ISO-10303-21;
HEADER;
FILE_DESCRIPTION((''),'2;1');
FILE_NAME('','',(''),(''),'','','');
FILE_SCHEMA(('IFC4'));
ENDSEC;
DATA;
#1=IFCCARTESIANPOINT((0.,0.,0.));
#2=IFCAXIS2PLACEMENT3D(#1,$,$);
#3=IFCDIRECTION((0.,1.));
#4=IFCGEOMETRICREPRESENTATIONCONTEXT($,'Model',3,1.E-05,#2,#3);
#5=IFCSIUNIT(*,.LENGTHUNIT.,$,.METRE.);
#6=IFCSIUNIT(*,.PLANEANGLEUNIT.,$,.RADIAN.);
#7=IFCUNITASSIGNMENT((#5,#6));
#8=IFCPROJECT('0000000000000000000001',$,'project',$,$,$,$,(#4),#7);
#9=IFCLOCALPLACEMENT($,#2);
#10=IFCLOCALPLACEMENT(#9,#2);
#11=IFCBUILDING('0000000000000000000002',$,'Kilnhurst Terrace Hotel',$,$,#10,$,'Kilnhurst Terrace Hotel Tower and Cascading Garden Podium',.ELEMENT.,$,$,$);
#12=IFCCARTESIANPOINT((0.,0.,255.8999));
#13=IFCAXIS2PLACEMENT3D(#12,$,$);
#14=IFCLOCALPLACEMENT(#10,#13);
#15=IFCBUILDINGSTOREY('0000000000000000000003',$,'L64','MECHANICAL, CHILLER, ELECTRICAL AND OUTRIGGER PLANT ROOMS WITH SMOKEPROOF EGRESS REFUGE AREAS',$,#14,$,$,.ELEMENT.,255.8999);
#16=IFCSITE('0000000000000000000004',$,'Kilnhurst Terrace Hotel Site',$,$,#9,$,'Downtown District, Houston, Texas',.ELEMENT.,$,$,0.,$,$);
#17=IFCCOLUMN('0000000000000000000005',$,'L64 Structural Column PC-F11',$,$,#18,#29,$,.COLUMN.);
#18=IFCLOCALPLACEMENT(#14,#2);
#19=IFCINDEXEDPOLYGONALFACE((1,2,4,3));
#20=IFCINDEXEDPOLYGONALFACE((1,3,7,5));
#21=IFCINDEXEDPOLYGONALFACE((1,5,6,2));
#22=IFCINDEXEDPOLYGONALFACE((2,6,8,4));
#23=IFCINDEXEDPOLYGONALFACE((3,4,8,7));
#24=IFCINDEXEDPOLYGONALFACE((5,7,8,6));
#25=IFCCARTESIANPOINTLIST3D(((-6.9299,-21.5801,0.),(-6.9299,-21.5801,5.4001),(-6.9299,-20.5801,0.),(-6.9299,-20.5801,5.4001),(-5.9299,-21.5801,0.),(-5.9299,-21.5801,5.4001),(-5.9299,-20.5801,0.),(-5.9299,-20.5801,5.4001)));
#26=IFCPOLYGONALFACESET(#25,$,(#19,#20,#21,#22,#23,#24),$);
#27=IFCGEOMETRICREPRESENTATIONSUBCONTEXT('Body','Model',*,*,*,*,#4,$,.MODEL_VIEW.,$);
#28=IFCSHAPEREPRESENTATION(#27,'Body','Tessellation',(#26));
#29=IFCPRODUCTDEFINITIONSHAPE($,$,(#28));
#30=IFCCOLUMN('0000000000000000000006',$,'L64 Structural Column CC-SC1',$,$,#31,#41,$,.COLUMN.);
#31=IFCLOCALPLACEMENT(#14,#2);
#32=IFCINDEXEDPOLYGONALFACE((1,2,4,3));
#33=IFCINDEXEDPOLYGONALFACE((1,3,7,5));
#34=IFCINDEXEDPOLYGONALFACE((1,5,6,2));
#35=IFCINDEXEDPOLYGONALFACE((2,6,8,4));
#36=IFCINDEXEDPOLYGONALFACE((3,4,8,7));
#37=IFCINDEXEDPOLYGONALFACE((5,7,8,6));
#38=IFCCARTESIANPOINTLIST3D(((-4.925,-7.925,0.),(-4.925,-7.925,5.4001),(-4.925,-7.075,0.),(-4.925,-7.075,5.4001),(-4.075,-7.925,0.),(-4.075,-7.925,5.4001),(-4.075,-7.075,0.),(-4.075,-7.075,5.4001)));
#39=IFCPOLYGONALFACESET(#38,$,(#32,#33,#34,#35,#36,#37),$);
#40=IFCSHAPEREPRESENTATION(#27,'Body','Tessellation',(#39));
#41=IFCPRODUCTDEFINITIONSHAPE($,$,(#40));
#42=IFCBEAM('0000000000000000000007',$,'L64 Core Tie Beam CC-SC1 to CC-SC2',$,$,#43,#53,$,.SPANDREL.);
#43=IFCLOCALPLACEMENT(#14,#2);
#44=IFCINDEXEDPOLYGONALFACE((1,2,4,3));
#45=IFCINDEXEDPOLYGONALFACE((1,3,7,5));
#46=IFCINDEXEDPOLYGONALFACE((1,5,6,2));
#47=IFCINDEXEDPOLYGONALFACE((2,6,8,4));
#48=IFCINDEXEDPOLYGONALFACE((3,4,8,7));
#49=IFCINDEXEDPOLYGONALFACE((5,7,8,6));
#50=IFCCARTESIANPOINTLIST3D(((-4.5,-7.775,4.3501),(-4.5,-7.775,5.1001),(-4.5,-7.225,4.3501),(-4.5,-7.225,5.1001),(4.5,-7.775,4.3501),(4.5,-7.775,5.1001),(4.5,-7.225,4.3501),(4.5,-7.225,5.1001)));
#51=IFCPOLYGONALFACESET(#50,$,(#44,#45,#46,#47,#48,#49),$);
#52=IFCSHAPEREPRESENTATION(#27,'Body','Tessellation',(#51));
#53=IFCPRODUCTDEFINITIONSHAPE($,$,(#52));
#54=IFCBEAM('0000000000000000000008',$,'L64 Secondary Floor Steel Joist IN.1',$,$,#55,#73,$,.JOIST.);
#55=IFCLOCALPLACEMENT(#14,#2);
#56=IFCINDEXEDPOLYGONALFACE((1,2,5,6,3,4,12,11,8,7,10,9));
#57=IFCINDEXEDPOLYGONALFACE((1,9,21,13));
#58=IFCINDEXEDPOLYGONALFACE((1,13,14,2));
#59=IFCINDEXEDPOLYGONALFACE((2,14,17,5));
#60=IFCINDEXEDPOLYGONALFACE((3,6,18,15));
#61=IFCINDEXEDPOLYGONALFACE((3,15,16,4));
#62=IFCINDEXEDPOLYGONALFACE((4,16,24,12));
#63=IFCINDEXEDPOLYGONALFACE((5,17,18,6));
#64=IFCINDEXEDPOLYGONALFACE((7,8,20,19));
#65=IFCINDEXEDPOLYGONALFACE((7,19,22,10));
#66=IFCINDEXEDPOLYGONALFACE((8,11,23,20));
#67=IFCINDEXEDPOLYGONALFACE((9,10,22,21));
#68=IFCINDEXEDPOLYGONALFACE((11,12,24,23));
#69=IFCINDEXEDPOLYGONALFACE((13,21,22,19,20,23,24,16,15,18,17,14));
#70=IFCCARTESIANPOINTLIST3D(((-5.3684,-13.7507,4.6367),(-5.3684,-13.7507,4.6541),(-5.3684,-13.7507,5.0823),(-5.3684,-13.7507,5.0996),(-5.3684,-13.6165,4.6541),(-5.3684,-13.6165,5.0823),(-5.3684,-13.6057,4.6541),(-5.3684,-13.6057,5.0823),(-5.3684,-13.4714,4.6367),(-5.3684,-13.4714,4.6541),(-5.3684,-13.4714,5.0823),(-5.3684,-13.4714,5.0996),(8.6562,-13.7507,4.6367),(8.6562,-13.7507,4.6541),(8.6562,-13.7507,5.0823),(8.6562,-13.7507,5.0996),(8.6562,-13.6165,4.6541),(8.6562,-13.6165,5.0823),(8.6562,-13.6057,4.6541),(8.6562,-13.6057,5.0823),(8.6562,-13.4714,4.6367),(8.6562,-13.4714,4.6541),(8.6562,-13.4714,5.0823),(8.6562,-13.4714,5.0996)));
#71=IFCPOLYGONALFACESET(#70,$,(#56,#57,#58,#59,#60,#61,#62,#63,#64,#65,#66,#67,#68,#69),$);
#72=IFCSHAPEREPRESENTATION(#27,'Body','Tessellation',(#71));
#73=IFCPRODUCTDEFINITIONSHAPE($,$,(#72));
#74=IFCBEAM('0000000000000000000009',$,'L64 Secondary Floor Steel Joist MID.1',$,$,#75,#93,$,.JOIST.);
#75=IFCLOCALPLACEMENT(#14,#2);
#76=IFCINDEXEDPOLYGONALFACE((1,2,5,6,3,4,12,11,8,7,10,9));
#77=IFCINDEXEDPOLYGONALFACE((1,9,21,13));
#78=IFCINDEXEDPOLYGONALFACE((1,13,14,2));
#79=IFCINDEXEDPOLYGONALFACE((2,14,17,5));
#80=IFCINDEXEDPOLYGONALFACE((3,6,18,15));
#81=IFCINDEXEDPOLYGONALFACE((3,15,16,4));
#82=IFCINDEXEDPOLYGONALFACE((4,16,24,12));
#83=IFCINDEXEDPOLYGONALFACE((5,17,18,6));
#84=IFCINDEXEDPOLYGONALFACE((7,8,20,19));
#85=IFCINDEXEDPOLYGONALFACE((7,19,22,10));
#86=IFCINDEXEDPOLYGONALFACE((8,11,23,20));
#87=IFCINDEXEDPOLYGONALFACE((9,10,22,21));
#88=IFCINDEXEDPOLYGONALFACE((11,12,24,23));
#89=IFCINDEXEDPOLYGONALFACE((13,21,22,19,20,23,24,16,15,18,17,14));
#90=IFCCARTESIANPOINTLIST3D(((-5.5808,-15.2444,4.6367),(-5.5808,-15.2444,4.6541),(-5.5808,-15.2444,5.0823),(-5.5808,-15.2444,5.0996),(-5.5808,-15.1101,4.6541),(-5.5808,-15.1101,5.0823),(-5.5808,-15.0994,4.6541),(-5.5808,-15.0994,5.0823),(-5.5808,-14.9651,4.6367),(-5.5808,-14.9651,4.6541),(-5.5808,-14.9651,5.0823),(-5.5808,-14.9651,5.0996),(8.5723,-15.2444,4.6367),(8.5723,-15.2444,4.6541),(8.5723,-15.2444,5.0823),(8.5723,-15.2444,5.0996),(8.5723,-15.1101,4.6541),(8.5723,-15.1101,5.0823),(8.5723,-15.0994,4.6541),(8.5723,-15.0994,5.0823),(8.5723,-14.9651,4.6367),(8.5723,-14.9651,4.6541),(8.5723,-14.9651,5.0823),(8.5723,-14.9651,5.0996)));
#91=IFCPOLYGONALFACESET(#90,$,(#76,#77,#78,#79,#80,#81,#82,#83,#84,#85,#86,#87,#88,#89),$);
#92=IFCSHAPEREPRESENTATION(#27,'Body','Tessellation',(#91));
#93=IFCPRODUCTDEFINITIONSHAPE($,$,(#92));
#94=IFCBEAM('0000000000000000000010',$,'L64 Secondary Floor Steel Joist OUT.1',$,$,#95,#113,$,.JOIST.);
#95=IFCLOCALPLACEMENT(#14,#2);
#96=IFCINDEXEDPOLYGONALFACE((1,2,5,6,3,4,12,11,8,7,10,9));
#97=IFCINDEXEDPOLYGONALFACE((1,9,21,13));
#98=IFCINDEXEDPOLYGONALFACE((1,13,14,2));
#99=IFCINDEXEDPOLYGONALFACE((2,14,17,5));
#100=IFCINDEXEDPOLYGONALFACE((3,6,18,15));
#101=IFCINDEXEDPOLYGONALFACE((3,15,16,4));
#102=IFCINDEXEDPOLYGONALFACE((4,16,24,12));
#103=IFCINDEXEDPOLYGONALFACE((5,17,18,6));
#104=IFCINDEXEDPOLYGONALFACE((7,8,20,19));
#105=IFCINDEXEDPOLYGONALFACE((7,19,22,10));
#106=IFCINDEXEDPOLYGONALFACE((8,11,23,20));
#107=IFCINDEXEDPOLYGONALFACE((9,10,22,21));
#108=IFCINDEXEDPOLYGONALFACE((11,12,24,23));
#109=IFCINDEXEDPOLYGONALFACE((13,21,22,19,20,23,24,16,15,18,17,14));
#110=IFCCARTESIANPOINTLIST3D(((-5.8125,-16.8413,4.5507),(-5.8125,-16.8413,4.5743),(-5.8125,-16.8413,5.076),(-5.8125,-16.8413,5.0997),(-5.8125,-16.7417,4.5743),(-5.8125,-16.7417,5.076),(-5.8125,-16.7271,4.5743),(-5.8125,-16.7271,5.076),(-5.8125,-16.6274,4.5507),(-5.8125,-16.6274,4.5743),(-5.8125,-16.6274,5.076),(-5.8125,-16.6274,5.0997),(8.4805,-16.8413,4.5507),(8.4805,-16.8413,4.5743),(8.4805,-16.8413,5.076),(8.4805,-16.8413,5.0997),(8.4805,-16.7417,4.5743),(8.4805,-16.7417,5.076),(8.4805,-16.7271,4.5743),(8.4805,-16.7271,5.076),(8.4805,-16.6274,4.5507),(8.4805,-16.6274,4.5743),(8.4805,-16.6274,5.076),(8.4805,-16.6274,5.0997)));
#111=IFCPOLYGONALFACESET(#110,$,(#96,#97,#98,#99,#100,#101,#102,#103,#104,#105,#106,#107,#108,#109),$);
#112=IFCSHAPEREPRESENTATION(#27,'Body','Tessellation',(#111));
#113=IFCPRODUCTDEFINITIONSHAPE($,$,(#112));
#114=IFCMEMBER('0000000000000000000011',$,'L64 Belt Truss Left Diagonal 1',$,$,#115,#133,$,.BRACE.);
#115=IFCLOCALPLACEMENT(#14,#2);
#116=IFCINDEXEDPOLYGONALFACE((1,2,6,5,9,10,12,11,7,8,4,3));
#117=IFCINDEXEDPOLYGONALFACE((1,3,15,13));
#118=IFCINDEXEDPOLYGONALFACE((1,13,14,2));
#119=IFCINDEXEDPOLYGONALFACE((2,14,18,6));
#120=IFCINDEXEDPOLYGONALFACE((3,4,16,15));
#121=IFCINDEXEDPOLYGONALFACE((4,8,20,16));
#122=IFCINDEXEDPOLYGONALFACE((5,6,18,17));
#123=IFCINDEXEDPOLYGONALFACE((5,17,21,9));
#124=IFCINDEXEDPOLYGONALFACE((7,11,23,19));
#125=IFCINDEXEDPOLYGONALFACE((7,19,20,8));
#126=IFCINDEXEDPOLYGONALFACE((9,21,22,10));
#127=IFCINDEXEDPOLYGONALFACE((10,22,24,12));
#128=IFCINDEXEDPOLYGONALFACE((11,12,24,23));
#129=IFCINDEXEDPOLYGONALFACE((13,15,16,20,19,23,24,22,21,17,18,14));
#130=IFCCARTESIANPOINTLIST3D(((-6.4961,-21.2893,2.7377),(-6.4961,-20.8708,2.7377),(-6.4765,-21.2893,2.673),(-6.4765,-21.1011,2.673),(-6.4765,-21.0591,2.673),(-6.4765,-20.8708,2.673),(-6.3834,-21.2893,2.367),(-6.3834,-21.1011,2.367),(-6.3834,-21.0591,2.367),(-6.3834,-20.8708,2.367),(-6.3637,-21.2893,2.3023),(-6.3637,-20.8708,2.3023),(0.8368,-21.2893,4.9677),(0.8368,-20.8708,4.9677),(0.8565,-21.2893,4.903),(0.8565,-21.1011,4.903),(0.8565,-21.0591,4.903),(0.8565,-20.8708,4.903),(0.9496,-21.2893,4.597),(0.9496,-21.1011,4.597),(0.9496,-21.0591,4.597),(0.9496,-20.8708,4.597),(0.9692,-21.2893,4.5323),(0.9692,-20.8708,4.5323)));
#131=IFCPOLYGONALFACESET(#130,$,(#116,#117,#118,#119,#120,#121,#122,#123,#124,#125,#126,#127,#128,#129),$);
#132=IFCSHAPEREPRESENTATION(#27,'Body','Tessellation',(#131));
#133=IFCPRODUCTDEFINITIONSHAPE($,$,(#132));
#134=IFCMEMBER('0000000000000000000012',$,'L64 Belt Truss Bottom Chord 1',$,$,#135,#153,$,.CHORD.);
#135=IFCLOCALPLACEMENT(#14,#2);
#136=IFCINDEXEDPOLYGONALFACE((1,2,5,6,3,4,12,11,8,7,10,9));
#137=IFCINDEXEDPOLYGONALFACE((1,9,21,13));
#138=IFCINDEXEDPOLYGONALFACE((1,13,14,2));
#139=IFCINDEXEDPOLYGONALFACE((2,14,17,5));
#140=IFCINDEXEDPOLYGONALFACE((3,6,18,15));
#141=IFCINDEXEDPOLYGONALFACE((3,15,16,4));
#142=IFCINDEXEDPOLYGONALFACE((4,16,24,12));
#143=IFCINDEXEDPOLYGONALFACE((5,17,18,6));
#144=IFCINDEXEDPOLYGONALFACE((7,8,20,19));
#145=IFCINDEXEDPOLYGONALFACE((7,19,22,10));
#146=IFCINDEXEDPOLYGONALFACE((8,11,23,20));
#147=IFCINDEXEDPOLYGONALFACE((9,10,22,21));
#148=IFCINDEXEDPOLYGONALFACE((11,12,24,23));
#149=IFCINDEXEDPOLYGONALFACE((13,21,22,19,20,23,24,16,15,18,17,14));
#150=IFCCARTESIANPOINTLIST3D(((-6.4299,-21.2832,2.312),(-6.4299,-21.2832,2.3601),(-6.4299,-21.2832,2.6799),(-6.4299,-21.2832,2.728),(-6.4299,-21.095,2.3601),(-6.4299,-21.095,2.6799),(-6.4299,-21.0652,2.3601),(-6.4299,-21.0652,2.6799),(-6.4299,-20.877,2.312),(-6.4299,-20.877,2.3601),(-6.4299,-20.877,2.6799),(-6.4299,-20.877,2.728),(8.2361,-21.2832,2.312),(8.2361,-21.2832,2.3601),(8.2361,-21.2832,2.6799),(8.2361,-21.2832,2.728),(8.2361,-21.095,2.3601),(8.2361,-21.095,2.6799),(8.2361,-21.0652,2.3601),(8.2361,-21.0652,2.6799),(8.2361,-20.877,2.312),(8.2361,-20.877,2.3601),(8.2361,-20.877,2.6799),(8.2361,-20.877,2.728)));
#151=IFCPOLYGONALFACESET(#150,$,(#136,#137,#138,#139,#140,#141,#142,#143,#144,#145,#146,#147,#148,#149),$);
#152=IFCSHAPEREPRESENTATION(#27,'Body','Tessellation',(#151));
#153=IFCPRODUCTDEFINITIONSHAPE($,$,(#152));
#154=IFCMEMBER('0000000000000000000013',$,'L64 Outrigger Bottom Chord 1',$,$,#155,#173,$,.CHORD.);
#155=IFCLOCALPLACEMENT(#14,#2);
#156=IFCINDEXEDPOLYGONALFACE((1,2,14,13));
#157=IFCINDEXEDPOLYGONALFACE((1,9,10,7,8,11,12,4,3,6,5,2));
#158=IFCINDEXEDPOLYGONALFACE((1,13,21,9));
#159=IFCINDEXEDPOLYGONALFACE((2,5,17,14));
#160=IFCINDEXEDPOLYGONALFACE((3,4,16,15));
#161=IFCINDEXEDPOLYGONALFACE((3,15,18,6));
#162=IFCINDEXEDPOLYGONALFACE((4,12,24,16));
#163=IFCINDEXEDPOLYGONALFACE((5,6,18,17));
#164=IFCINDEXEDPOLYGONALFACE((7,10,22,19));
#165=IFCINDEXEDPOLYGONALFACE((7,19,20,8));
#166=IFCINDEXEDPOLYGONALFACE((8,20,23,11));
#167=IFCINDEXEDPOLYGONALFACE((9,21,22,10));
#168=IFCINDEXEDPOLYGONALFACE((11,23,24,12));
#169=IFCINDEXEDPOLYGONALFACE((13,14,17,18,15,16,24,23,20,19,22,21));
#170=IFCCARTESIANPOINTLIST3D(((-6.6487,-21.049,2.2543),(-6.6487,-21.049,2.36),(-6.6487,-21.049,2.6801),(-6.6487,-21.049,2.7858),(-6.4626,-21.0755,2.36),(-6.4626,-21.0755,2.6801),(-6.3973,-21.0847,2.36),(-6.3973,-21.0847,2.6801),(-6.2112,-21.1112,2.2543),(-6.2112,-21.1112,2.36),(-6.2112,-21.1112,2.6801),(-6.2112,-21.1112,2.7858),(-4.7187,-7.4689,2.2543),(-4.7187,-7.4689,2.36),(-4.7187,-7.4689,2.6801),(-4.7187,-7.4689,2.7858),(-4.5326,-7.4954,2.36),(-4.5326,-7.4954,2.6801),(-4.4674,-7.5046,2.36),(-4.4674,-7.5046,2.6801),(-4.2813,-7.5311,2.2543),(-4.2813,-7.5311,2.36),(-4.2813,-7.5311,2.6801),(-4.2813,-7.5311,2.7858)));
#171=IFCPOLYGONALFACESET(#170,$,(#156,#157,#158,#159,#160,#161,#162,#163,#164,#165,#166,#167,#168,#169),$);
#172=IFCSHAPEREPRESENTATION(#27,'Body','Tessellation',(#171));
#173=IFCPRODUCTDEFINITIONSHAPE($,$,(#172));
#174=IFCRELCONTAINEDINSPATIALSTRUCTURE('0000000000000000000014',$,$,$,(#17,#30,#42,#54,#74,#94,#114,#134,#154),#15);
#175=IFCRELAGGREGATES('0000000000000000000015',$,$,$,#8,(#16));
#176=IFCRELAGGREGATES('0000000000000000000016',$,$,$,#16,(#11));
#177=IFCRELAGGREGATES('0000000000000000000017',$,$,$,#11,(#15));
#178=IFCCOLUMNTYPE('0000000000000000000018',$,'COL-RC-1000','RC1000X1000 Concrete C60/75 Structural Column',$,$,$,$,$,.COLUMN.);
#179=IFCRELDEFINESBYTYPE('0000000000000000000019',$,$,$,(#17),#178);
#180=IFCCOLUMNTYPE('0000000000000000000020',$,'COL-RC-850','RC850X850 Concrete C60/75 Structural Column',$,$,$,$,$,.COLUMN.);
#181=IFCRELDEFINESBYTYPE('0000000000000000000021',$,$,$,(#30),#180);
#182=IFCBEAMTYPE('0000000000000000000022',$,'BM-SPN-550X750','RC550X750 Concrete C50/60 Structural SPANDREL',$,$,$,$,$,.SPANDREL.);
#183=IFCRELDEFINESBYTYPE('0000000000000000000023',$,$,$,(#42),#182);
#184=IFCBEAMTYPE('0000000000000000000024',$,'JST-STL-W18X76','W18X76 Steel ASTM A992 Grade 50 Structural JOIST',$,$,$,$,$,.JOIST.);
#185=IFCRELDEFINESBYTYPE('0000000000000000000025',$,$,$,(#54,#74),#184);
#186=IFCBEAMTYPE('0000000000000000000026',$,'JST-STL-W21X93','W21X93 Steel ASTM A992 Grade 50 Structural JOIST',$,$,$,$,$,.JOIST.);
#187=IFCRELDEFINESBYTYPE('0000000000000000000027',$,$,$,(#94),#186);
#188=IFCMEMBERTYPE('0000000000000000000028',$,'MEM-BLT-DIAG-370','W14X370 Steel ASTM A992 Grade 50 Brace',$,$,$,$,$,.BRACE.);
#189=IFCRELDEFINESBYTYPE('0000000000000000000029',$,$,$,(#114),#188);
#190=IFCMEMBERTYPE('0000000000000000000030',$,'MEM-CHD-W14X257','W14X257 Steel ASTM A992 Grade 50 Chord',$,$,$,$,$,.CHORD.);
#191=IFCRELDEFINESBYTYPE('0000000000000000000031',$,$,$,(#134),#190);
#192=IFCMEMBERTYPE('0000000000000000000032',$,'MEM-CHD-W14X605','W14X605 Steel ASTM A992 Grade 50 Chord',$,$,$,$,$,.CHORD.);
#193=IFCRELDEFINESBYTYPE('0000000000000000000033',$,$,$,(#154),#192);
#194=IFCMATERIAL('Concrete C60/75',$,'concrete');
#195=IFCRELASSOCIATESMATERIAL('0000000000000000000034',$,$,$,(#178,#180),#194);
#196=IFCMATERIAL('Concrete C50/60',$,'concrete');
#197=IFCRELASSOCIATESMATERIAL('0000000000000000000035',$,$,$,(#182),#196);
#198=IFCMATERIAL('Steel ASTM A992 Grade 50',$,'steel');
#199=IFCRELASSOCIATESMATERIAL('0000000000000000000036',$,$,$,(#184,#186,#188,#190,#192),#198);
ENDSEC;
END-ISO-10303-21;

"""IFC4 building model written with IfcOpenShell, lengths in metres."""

from ifc_helpers import new_model, si_unit, direction, frame, origin, origin_2d, place, context, subcontext, project, spatial, rectangle, i_section, extrude, material, material_profile, profile_set, type_object, element, save


model = new_model("IFC4")

# Units and contexts
model_context = context("Model", 3, precision=1e-05, world=origin(), true_north=direction((0.0, 1.0)))
body_context = subcontext(model_context, "Body", "Model", "MODEL_VIEW")
ifc_project = project(units=[si_unit("LENGTHUNIT", "METRE"), si_unit("PLANEANGLEUNIT", "RADIAN")], contexts=[model_context])

# Site, building, storey
site_placement = place(None, origin())
site = spatial("IfcSite", under=ifc_project, at=site_placement, Name="Kilnhurst Terrace Hotel Site", LongName="Downtown District, Houston, Texas", CompositionType="ELEMENT", RefElevation=0.0)
building_placement = place(site_placement, origin())
building = spatial("IfcBuilding", under=site, at=building_placement, Name="Kilnhurst Terrace Hotel", LongName="Kilnhurst Terrace Hotel Tower and Cascading Garden Podium", CompositionType="ELEMENT")
storey_placement = place(building_placement, frame((0.0, 0.0, 255.8999)))
storey = spatial("IfcBuildingStorey", under=building, at=storey_placement, Name="L64", Description="MECHANICAL, CHILLER, ELECTRICAL AND OUTRIGGER PLANT ROOMS WITH SMOKEPROOF EGRESS REFUGE AREAS", CompositionType="ELEMENT", Elevation=255.8999)

# Columns
ifc_material_1 = material(Name="Concrete C60/75", Category="concrete")
ifc_material_profile_1 = material_profile(ifc_material_1, rectangle(XDim=1.0, YDim=1.0, at=origin_2d()), Name="RC1000X1000")
ifc_profile_set_1 = profile_set([ifc_material_profile_1], Name="Concrete C60/75")
column_type_1 = type_object("IfcColumnType", Name="COL-RC-1000", Description="RC1000X1000 Concrete C60/75 Structural Column", PredefinedType="COLUMN", material=ifc_profile_set_1)
column_1_placement = place(storey_placement, frame((-6.4299, -21.0801, 0.0), z_axis=(0.0, 0.0, 1.0), x_axis=(1.0, 0.0, 0.0)))
element("IfcColumn", 1, at=column_1_placement, inside=storey, type_object=column_type_1, Name="L64 Structural Column PC-F11", PredefinedType="COLUMN", context=body_context, shape_type="SweptSolid", body=[
    extrude(rectangle(XDim=1.0, YDim=1.0, at=origin_2d()), origin(), (0.0, 0.0, 1.0), 5.4001),
])
ifc_material_profile_2 = material_profile(ifc_material_1, rectangle(XDim=0.8501, YDim=0.8501, at=origin_2d()), Name="RC850X850")
ifc_profile_set_2 = profile_set([ifc_material_profile_2], Name="Concrete C60/75")
column_type_2 = type_object("IfcColumnType", Name="COL-RC-850", Description="RC850X850 Concrete C60/75 Structural Column", PredefinedType="COLUMN", material=ifc_profile_set_2)
column_2_placement = place(storey_placement, frame((-4.5, -7.5, 0.0), z_axis=(0.0, 0.0, 1.0), x_axis=(1.0, 0.0, 0.0)))
element("IfcColumn", 2, at=column_2_placement, inside=storey, type_object=column_type_2, Name="L64 Structural Column CC-SC1", PredefinedType="COLUMN", context=body_context, shape_type="SweptSolid", body=[
    extrude(rectangle(XDim=0.8501, YDim=0.8501, at=origin_2d()), origin(), (0.0, 0.0, 1.0), 5.4001),
])

# Beams
ifc_material_2 = material(Name="Concrete C50/60", Category="concrete")
ifc_material_profile_3 = material_profile(ifc_material_2, rectangle(XDim=0.55, YDim=0.75, at=origin_2d()), Name="RC550X750")
ifc_profile_set_3 = profile_set([ifc_material_profile_3], Name="Concrete C50/60")
beam_type_1 = type_object("IfcBeamType", Name="BM-SPN-550X750", Description="RC550X750 Concrete C50/60 Structural SPANDREL", PredefinedType="SPANDREL", material=ifc_profile_set_3)
beam_1_placement = place(storey_placement, frame((-4.5, -7.5, 4.7251), z_axis=(1.0, 0.0, 0.0), x_axis=(0.0, 1.0, 0.0)))
element("IfcBeam", 3, at=beam_1_placement, inside=storey, type_object=beam_type_1, Name="L64 Core Tie Beam CC-SC1 to CC-SC2", PredefinedType="SPANDREL", context=body_context, shape_type="SweptSolid", body=[
    extrude(rectangle(XDim=0.55, YDim=0.75, at=origin_2d()), origin(), (0.0, 0.0, 1.0), 9.0),
])
ifc_material_3 = material(Name="Steel ASTM A992 Grade 50", Category="steel")
ifc_material_profile_4 = material_profile(ifc_material_3, i_section(OverallWidth=0.2793, OverallDepth=0.4629, WebThickness=0.0107, FlangeThickness=0.0173, at=origin_2d()), Name="W18X76")
ifc_profile_set_4 = profile_set([ifc_material_profile_4], Name="Steel ASTM A992 Grade 50")
beam_type_2 = type_object("IfcBeamType", Name="JST-STL-W18X76", Description="W18X76 Steel ASTM A992 Grade 50 Structural JOIST", PredefinedType="JOIST", material=ifc_profile_set_4)
beam_2_placement = place(storey_placement, frame((-5.3684, -13.6111, 4.8682), z_axis=(1.0, 0.0, 0.0), x_axis=(0.0, 1.0, 0.0)))
element("IfcBeam", 4, at=beam_2_placement, inside=storey, type_object=beam_type_2, Name="L64 Secondary Floor Steel Joist IN.1", PredefinedType="JOIST", context=body_context, shape_type="SweptSolid", body=[
    extrude(i_section(OverallWidth=0.2793, OverallDepth=0.4629, WebThickness=0.0107, FlangeThickness=0.0173, at=origin_2d()), origin(), (0.0, 0.0, 1.0), 14.0247),
])
beam_3_placement = place(storey_placement, frame((-5.5808, -15.1047, 4.8682), z_axis=(1.0, 0.0, 0.0), x_axis=(0.0, 1.0, 0.0)))
element("IfcBeam", 5, at=beam_3_placement, inside=storey, type_object=beam_type_2, Name="L64 Secondary Floor Steel Joist MID.1", PredefinedType="JOIST", context=body_context, shape_type="SweptSolid", body=[
    extrude(i_section(OverallWidth=0.2793, OverallDepth=0.4629, WebThickness=0.0107, FlangeThickness=0.0173, at=origin_2d()), origin(), (0.0, 0.0, 1.0), 14.1531),
])
ifc_material_profile_5 = material_profile(ifc_material_3, i_section(OverallWidth=0.2139, OverallDepth=0.5491, WebThickness=0.0146, FlangeThickness=0.0237, at=origin_2d()), Name="W21X93")
ifc_profile_set_5 = profile_set([ifc_material_profile_5], Name="Steel ASTM A992 Grade 50")
beam_type_3 = type_object("IfcBeamType", Name="JST-STL-W21X93", Description="W21X93 Steel ASTM A992 Grade 50 Structural JOIST", PredefinedType="JOIST", material=ifc_profile_set_5)
beam_4_placement = place(storey_placement, frame((-5.8125, -16.7344, 4.8252), z_axis=(1.0, 0.0, 0.0), x_axis=(0.0, 1.0, 0.0)))
element("IfcBeam", 6, at=beam_4_placement, inside=storey, type_object=beam_type_3, Name="L64 Secondary Floor Steel Joist OUT.1", PredefinedType="JOIST", context=body_context, shape_type="SweptSolid", body=[
    extrude(i_section(OverallWidth=0.2139, OverallDepth=0.5491, WebThickness=0.0146, FlangeThickness=0.0237, at=origin_2d()), origin(), (0.0, 0.0, 1.0), 14.293),
])

# Members
ifc_material_profile_6 = material_profile(ifc_material_3, i_section(OverallWidth=0.4185, OverallDepth=0.4551, WebThickness=0.042, FlangeThickness=0.0676, at=origin_2d()), Name="W14X370")
ifc_profile_set_6 = profile_set([ifc_material_profile_6], Name="Steel ASTM A992 Grade 50")
member_type_1 = type_object("IfcMemberType", Name="MEM-BLT-DIAG-370", Description="W14X370 Steel ASTM A992 Grade 50 Brace", PredefinedType="BRACE", material=ifc_profile_set_6)
member_1_placement = place(storey_placement, frame((-6.4299, -21.0801, 2.52), z_axis=(0.956739, 0.0, 0.290946), x_axis=(0.0, 1.0, 0.0)))
element("IfcMember", 7, at=member_1_placement, inside=storey, type_object=member_type_1, Name="L64 Belt Truss Left Diagonal 1", PredefinedType="BRACE", context=body_context, shape_type="SweptSolid", body=[
    extrude(i_section(OverallWidth=0.4185, OverallDepth=0.4551, WebThickness=0.042, FlangeThickness=0.0676, at=origin_2d()), origin(), (0.0, 0.0, 1.0), 7.6646),
])
ifc_material_profile_7 = material_profile(ifc_material_3, i_section(OverallWidth=0.4062, OverallDepth=0.416, WebThickness=0.0298, FlangeThickness=0.0481, at=origin_2d()), Name="W14X257")
ifc_profile_set_7 = profile_set([ifc_material_profile_7], Name="Steel ASTM A992 Grade 50")
member_type_2 = type_object("IfcMemberType", Name="MEM-CHD-W14X257", Description="W14X257 Steel ASTM A992 Grade 50 Chord", PredefinedType="CHORD", material=ifc_profile_set_7)
member_2_placement = place(storey_placement, frame((-6.4299, -21.0801, 2.52), z_axis=(1.0, 0.0, 0.0), x_axis=(0.0, 1.0, 0.0)))
element("IfcMember", 8, at=member_2_placement, inside=storey, type_object=member_type_2, Name="L64 Belt Truss Bottom Chord 1", PredefinedType="CHORD", context=body_context, shape_type="SweptSolid", body=[
    extrude(i_section(OverallWidth=0.4062, OverallDepth=0.416, WebThickness=0.0298, FlangeThickness=0.0481, at=origin_2d()), origin(), (0.0, 0.0, 1.0), 14.666),
])
ifc_material_profile_8 = material_profile(ifc_material_3, i_section(OverallWidth=0.4419, OverallDepth=0.5315, WebThickness=0.0659, FlangeThickness=0.1057, at=origin_2d()), Name="W14X605")
ifc_profile_set_8 = profile_set([ifc_material_profile_8], Name="Steel ASTM A992 Grade 50")
member_type_3 = type_object("IfcMemberType", Name="MEM-CHD-W14X605", Description="W14X605 Steel ASTM A992 Grade 50 Chord", PredefinedType="CHORD", material=ifc_profile_set_8)
member_3_placement = place(storey_placement, frame((-4.5, -7.5, 2.52), z_axis=(-0.140701, -0.990052, 0.0), x_axis=(0.990052, -0.140701, 0.0)))
element("IfcMember", 9, at=member_3_placement, inside=storey, type_object=member_type_3, Name="L64 Outrigger Bottom Chord 1", PredefinedType="CHORD", context=body_context, shape_type="SweptSolid", body=[
    extrude(i_section(OverallWidth=0.4419, OverallDepth=0.5315, WebThickness=0.0659, FlangeThickness=0.1057, at=origin_2d()), origin(), (0.0, 0.0, 1.0), 13.7166),
])

save(model, "model.ifc")
